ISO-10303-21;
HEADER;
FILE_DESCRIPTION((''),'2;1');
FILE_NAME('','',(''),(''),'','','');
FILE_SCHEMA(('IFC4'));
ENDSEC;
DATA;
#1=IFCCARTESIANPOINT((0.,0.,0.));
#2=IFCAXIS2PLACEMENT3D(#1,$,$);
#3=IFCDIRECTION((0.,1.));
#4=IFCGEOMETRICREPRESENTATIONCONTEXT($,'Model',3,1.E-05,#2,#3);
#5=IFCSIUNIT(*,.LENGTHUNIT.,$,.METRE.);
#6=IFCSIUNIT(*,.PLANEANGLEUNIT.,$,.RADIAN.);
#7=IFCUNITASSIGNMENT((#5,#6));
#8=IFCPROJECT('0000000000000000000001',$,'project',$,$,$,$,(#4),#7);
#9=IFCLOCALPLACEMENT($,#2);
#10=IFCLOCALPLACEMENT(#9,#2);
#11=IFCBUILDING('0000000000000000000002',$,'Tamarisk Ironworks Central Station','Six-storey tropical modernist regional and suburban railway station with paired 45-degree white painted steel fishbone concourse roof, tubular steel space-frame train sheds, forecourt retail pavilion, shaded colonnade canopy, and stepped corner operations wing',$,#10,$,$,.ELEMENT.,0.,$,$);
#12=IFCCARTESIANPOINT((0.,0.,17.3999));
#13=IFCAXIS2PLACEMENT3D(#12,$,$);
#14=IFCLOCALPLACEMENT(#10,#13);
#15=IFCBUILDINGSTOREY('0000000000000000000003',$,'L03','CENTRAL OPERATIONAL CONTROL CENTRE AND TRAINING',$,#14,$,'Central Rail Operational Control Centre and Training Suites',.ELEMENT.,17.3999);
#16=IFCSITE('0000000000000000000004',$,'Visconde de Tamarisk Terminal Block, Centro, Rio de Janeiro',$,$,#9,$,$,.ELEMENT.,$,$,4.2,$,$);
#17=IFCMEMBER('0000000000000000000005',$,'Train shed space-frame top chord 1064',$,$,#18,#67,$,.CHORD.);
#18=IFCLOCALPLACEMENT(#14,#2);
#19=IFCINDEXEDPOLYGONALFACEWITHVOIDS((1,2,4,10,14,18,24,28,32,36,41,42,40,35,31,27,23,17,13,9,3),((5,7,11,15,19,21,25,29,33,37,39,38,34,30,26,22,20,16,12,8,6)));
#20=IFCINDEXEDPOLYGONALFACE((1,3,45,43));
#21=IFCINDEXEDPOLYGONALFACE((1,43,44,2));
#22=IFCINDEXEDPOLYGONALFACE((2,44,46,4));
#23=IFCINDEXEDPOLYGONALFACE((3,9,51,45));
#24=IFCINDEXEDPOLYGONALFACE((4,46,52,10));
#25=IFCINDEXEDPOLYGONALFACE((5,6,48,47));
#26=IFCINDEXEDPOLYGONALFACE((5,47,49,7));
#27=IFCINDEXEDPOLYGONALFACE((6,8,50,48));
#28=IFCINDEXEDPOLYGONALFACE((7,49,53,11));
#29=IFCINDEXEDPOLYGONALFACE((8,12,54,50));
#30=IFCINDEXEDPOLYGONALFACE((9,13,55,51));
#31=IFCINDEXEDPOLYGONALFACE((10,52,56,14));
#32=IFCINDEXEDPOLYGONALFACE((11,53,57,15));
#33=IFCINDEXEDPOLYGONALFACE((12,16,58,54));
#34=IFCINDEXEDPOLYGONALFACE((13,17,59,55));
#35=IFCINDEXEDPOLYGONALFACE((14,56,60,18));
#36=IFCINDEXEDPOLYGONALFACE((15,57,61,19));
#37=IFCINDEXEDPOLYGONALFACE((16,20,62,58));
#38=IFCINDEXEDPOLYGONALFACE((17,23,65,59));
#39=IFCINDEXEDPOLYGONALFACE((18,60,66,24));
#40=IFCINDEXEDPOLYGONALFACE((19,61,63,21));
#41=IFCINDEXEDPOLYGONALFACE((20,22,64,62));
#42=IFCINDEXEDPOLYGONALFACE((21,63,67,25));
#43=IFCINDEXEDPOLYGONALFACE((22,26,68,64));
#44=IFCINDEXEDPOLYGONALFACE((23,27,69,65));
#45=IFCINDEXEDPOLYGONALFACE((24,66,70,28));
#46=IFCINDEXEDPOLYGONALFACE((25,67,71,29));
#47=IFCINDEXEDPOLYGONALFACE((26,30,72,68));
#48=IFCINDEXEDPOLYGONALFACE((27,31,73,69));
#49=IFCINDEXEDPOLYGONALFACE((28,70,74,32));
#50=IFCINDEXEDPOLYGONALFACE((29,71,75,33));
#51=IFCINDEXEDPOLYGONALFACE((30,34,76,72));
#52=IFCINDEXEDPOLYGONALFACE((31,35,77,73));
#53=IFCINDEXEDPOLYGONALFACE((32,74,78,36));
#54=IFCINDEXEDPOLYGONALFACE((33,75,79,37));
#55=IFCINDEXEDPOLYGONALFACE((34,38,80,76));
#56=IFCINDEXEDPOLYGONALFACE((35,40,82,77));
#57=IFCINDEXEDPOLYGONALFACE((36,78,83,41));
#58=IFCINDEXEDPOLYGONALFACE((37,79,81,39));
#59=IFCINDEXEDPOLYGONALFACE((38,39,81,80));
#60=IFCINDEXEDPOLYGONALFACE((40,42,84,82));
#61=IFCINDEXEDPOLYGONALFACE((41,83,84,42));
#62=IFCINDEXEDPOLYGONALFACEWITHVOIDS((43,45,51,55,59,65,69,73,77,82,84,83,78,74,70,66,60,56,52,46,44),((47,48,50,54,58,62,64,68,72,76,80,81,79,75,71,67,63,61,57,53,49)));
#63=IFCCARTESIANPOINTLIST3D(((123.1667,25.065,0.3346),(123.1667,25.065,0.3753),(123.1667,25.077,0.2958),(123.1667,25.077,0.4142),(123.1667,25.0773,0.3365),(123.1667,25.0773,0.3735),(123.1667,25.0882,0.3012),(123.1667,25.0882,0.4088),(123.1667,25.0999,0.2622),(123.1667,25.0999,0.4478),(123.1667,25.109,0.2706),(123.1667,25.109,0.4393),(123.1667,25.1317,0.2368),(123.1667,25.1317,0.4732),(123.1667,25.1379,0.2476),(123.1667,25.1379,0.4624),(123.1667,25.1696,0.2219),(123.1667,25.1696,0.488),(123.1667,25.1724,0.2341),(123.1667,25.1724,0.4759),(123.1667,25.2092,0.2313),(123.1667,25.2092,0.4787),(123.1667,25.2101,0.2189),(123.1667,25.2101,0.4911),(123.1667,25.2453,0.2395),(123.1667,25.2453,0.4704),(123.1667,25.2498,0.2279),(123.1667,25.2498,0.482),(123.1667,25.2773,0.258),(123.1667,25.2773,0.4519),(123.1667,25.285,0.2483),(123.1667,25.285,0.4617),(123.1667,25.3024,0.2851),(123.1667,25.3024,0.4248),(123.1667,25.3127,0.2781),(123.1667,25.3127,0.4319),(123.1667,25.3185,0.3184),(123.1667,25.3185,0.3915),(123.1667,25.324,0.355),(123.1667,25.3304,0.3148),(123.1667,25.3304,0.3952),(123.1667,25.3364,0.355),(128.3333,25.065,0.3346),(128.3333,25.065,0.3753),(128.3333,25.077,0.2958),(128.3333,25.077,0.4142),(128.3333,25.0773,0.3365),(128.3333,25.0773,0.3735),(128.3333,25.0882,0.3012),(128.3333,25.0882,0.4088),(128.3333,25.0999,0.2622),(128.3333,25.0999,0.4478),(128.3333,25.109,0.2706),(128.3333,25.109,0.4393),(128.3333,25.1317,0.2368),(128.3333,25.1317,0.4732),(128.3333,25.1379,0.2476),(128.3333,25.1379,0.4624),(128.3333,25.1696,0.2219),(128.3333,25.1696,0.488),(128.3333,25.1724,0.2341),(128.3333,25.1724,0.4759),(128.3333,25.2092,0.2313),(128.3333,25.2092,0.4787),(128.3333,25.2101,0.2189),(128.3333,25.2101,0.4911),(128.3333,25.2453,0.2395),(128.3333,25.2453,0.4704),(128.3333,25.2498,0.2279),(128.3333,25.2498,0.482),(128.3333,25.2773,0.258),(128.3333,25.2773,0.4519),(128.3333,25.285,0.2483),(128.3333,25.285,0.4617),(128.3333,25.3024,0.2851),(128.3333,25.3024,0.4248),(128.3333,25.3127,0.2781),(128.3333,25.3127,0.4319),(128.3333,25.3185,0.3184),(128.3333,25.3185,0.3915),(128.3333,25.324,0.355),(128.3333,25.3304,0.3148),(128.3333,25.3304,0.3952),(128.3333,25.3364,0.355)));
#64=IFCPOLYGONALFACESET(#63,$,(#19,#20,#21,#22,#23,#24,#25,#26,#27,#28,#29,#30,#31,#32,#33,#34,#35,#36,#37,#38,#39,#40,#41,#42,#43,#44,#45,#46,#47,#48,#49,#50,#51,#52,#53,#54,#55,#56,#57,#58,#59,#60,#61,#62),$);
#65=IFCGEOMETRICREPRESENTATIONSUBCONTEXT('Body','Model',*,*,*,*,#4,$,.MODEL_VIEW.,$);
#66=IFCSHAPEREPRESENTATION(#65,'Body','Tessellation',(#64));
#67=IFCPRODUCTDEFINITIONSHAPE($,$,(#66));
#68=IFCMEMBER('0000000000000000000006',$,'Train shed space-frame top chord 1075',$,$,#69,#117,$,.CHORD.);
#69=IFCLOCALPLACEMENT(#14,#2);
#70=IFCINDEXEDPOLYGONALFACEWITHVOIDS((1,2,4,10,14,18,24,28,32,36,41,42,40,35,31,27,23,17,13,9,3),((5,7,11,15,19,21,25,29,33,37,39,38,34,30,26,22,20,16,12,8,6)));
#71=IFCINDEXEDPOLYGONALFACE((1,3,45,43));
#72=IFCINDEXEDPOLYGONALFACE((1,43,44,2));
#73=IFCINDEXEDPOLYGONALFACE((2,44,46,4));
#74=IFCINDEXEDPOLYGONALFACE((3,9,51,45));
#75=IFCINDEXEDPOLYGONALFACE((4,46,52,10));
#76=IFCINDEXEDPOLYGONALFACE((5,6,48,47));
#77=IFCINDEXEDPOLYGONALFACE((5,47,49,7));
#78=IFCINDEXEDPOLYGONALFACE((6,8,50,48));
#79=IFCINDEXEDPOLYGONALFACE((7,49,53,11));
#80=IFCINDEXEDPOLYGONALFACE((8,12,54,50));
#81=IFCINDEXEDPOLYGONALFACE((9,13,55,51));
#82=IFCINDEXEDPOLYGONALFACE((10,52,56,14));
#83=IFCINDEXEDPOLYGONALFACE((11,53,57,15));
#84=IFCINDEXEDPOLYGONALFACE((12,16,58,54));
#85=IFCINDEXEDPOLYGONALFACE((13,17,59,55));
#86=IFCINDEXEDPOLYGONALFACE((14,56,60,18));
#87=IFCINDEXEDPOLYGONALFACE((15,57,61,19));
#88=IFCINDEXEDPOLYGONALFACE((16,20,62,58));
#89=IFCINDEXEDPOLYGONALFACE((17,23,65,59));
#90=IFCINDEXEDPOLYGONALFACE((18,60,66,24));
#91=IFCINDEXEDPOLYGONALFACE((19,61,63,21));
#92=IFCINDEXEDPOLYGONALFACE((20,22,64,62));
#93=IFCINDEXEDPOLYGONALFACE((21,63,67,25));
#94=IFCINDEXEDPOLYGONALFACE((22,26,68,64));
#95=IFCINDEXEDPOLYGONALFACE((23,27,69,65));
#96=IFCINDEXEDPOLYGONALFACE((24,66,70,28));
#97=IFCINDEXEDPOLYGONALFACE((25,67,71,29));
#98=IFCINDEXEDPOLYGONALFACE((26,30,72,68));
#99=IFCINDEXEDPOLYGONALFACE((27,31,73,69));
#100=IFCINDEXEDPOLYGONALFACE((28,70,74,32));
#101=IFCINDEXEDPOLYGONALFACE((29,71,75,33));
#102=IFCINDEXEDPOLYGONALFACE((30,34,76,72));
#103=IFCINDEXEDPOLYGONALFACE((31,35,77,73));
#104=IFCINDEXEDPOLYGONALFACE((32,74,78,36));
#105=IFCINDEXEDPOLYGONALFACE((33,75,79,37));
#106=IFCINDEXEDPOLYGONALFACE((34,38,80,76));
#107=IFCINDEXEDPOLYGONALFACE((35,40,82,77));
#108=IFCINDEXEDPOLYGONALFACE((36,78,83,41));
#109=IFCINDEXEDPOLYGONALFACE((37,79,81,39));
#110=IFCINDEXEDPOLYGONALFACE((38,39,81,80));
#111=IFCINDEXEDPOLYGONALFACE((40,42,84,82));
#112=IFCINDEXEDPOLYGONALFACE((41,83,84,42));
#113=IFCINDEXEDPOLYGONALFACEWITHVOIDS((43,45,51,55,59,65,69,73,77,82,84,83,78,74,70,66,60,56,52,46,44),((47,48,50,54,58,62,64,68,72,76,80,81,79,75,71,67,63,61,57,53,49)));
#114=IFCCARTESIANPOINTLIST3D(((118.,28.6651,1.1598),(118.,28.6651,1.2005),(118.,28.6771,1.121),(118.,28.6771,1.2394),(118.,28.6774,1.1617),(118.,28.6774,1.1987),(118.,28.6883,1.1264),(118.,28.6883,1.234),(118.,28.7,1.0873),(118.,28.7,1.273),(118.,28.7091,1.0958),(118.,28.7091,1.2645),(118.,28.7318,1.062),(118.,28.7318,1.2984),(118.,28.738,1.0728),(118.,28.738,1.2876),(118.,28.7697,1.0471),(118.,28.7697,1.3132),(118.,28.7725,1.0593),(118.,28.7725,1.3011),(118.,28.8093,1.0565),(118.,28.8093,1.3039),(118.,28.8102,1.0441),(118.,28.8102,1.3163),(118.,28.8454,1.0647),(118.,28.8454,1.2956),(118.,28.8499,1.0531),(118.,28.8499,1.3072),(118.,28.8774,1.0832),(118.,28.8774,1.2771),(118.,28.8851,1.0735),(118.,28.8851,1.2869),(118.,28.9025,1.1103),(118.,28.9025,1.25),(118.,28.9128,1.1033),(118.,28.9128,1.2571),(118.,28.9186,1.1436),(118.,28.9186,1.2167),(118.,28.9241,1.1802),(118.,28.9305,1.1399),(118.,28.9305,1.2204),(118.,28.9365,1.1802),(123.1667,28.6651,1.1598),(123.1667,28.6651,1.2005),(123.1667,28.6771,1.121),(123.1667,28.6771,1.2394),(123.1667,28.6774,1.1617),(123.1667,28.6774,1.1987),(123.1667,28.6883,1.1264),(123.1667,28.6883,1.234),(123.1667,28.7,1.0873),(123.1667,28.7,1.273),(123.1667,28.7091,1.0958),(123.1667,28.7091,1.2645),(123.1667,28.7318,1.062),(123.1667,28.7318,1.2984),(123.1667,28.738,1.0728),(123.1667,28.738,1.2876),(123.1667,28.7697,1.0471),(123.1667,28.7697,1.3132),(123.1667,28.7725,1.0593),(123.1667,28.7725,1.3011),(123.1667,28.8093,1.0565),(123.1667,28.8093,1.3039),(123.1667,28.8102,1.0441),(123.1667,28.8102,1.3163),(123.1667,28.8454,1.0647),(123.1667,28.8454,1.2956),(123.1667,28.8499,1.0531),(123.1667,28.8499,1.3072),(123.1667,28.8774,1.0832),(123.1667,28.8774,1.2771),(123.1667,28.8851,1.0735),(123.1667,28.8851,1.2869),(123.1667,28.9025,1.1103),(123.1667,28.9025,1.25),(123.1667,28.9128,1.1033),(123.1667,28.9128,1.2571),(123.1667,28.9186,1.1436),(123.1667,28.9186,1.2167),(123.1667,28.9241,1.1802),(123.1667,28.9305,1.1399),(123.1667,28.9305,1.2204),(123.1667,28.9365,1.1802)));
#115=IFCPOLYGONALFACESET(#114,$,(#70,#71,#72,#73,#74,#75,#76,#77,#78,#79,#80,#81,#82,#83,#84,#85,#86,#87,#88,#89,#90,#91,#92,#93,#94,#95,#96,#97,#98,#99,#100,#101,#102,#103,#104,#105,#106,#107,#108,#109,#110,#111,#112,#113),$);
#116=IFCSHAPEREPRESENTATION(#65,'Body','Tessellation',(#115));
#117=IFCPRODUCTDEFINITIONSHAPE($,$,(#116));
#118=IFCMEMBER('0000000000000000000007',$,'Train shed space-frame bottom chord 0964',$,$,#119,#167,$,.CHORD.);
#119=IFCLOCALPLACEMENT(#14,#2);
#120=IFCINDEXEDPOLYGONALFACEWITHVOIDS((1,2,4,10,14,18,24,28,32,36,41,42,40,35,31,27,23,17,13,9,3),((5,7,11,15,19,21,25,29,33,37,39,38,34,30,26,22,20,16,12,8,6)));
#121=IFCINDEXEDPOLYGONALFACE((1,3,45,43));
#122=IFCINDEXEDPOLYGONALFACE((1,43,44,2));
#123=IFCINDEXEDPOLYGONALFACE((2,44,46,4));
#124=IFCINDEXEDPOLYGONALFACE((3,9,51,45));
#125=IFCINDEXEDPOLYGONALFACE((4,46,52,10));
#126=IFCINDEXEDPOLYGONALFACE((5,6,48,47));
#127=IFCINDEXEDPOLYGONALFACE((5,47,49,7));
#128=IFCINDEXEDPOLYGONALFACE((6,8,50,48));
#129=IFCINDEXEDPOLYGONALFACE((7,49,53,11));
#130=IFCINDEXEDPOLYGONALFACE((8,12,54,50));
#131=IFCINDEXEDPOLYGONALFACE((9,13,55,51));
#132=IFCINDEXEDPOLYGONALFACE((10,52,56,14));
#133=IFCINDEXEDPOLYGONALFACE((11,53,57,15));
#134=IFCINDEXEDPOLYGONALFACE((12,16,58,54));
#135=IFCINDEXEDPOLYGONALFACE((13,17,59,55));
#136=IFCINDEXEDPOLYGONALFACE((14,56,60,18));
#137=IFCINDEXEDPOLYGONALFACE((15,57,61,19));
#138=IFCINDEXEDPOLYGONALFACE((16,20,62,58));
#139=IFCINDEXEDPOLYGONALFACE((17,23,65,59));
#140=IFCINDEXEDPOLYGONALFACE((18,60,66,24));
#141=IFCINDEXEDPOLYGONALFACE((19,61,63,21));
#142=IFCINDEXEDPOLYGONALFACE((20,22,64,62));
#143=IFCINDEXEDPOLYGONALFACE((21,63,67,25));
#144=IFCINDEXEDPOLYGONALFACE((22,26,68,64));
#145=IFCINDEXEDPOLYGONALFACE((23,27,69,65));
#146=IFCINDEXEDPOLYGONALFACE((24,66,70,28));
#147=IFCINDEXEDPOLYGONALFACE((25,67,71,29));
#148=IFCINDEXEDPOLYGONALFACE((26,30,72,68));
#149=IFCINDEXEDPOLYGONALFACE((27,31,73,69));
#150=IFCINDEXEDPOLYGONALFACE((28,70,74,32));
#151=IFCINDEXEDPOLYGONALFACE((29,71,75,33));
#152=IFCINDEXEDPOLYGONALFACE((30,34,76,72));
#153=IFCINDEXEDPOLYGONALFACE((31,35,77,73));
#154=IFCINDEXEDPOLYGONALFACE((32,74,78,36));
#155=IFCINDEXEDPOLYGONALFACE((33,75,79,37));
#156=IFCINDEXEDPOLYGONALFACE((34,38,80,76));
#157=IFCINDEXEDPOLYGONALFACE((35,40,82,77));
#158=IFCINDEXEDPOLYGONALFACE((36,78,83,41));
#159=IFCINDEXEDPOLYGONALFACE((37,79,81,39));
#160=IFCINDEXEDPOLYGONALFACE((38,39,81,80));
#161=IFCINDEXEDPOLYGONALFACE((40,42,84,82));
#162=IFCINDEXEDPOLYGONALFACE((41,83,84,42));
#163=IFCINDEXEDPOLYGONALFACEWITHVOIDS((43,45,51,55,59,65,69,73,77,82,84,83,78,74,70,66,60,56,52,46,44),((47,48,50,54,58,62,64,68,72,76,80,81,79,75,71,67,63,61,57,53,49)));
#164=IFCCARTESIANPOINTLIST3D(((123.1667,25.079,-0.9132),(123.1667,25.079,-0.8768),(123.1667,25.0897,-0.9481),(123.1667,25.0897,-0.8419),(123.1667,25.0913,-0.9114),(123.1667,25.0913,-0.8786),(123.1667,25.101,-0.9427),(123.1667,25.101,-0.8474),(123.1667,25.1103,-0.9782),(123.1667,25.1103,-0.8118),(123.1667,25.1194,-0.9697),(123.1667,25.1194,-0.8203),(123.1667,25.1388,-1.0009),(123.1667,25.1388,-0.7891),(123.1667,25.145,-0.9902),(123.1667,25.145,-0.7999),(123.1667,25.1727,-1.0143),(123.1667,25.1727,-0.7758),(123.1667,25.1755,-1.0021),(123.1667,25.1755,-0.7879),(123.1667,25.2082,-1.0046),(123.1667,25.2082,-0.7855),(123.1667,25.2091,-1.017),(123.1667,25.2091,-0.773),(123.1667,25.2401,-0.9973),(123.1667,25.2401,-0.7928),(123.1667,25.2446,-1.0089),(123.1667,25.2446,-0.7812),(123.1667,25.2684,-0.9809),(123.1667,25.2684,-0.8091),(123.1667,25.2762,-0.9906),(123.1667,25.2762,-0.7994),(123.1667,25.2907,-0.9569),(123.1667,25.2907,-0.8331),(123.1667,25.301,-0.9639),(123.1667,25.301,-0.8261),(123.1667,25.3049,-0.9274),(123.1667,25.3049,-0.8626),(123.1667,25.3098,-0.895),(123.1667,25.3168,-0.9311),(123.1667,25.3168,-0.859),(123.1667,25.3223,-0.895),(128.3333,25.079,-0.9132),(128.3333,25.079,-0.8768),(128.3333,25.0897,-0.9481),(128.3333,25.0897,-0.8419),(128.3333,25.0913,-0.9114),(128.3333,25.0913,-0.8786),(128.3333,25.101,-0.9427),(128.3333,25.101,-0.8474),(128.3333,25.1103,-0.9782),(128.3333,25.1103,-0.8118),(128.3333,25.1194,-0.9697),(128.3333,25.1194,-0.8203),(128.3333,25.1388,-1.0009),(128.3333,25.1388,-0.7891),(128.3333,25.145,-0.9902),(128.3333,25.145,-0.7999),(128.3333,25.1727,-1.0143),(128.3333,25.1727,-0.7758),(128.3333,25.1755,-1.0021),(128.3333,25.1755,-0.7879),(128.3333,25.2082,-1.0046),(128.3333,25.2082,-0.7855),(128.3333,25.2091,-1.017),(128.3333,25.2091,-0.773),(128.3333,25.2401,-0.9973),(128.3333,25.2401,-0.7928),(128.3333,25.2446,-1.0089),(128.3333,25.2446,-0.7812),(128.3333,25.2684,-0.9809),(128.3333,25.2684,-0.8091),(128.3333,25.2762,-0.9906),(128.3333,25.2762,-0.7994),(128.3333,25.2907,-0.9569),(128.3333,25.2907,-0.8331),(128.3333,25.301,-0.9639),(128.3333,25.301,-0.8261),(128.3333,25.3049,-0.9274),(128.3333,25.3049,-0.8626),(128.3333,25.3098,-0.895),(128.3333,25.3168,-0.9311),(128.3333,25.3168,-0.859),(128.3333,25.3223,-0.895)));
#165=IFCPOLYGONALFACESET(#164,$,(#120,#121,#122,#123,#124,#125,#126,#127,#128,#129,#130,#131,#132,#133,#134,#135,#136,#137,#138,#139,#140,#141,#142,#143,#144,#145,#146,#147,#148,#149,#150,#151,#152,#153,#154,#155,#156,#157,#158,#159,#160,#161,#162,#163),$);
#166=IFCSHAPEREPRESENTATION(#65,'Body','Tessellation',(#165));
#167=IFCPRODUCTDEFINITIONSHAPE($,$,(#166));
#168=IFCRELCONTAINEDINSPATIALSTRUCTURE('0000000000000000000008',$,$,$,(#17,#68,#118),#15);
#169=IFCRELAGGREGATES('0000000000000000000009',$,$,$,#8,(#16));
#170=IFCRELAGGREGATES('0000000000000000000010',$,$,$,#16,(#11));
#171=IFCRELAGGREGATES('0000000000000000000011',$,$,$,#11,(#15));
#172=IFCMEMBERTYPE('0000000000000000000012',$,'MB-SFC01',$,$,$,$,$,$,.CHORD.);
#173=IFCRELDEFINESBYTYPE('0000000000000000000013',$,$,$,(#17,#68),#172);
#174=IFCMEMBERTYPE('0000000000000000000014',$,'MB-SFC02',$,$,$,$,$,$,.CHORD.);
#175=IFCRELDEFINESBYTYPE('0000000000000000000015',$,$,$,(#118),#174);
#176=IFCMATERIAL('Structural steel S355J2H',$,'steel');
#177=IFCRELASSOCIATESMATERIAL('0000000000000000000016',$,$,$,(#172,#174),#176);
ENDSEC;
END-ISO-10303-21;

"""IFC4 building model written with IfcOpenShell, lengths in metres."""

from ifc_helpers import new_model, si_unit, direction, frame, origin, origin_2d, place, context, subcontext, project, spatial, hollow_circle, extrude, material, material_profile, profile_set, type_object, element, save


model = new_model("IFC4")

# Units and contexts
model_context = context("Model", 3, precision=1e-05, world=origin(), true_north=direction((0.0, 1.0)))
body_context = subcontext(model_context, "Body", "Model", "MODEL_VIEW")
ifc_project = project(units=[si_unit("LENGTHUNIT", "METRE"), si_unit("PLANEANGLEUNIT", "RADIAN")], contexts=[model_context])

# Site, building, storey
site_placement = place(None, origin())
site = spatial("IfcSite", under=ifc_project, at=site_placement, Name="Visconde de Tamarisk Terminal Block, Centro, Rio de Janeiro", CompositionType="ELEMENT", RefElevation=4.2)
building_placement = place(site_placement, origin())
building = spatial("IfcBuilding", under=site, at=building_placement, Name="Tamarisk Ironworks Central Station", Description="Six-storey tropical modernist regional and suburban railway station with paired 45-degree white painted steel fishbone concourse roof, tubular steel space-frame train sheds, forecourt retail pavilion, shaded colonnade canopy, and stepped corner operations wing", CompositionType="ELEMENT", ElevationOfRefHeight=0.0)
storey_placement = place(building_placement, frame((0.0, 0.0, 17.3999)))
storey = spatial("IfcBuildingStorey", under=building, at=storey_placement, Name="L03", Description="CENTRAL OPERATIONAL CONTROL CENTRE AND TRAINING", LongName="Central Rail Operational Control Centre and Training Suites", CompositionType="ELEMENT", Elevation=17.3999)

# Members
ifc_material_1 = material(Name="Structural steel S355J2H", Category="steel")
ifc_material_profile_1 = material_profile(ifc_material_1, hollow_circle(Radius=0.1365, WallThickness=0.0125, at=origin_2d()), Name="CHS 273x12.5")
ifc_profile_set_1 = profile_set([ifc_material_profile_1], Name="Structural steel S355J2H")
member_type_1 = type_object("IfcMemberType", Name="MB-SFC01", PredefinedType="CHORD", material=ifc_profile_set_1)
member_1_placement = place(storey_placement, frame((123.1667, 25.2, 0.355), z_axis=(1.0, 0.0, 0.0), x_axis=(0.0, 1.0, 0.0)))
element("IfcMember", 1, at=member_1_placement, inside=storey, type_object=member_type_1, Name="Train shed space-frame top chord 1064", PredefinedType="CHORD", context=body_context, shape_type="SweptSolid", body=[
    extrude(hollow_circle(Radius=0.1365, WallThickness=0.0125, at=origin_2d()), origin(), (0.0, 0.0, 1.0), 5.1665),
])
member_2_placement = place(storey_placement, frame((118.0, 28.8, 1.1802), z_axis=(1.0, 0.0, 0.0), x_axis=(0.0, 1.0, 0.0)))
element("IfcMember", 2, at=member_2_placement, inside=storey, type_object=member_type_1, Name="Train shed space-frame top chord 1075", PredefinedType="CHORD", context=body_context, shape_type="SweptSolid", body=[
    extrude(hollow_circle(Radius=0.1365, WallThickness=0.0125, at=origin_2d()), origin(), (0.0, 0.0, 1.0), 5.1667),
])
ifc_material_profile_2 = material_profile(ifc_material_1, hollow_circle(Radius=0.1223, WallThickness=0.0125, at=origin_2d()), Name="CHS 244.5x12.5")
ifc_profile_set_2 = profile_set([ifc_material_profile_2], Name="Structural steel S355J2H")
member_type_2 = type_object("IfcMemberType", Name="MB-SFC02", PredefinedType="CHORD", material=ifc_profile_set_2)
member_3_placement = place(storey_placement, frame((123.1667, 25.2, -0.895), z_axis=(1.0, 0.0, 0.0), x_axis=(0.0, 1.0, 0.0)))
element("IfcMember", 3, at=member_3_placement, inside=storey, type_object=member_type_2, Name="Train shed space-frame bottom chord 0964", PredefinedType="CHORD", context=body_context, shape_type="SweptSolid", body=[
    extrude(hollow_circle(Radius=0.1223, WallThickness=0.0125, at=origin_2d()), origin(), (0.0, 0.0, 1.0), 5.1665),
])

save(model, "model.ifc")
